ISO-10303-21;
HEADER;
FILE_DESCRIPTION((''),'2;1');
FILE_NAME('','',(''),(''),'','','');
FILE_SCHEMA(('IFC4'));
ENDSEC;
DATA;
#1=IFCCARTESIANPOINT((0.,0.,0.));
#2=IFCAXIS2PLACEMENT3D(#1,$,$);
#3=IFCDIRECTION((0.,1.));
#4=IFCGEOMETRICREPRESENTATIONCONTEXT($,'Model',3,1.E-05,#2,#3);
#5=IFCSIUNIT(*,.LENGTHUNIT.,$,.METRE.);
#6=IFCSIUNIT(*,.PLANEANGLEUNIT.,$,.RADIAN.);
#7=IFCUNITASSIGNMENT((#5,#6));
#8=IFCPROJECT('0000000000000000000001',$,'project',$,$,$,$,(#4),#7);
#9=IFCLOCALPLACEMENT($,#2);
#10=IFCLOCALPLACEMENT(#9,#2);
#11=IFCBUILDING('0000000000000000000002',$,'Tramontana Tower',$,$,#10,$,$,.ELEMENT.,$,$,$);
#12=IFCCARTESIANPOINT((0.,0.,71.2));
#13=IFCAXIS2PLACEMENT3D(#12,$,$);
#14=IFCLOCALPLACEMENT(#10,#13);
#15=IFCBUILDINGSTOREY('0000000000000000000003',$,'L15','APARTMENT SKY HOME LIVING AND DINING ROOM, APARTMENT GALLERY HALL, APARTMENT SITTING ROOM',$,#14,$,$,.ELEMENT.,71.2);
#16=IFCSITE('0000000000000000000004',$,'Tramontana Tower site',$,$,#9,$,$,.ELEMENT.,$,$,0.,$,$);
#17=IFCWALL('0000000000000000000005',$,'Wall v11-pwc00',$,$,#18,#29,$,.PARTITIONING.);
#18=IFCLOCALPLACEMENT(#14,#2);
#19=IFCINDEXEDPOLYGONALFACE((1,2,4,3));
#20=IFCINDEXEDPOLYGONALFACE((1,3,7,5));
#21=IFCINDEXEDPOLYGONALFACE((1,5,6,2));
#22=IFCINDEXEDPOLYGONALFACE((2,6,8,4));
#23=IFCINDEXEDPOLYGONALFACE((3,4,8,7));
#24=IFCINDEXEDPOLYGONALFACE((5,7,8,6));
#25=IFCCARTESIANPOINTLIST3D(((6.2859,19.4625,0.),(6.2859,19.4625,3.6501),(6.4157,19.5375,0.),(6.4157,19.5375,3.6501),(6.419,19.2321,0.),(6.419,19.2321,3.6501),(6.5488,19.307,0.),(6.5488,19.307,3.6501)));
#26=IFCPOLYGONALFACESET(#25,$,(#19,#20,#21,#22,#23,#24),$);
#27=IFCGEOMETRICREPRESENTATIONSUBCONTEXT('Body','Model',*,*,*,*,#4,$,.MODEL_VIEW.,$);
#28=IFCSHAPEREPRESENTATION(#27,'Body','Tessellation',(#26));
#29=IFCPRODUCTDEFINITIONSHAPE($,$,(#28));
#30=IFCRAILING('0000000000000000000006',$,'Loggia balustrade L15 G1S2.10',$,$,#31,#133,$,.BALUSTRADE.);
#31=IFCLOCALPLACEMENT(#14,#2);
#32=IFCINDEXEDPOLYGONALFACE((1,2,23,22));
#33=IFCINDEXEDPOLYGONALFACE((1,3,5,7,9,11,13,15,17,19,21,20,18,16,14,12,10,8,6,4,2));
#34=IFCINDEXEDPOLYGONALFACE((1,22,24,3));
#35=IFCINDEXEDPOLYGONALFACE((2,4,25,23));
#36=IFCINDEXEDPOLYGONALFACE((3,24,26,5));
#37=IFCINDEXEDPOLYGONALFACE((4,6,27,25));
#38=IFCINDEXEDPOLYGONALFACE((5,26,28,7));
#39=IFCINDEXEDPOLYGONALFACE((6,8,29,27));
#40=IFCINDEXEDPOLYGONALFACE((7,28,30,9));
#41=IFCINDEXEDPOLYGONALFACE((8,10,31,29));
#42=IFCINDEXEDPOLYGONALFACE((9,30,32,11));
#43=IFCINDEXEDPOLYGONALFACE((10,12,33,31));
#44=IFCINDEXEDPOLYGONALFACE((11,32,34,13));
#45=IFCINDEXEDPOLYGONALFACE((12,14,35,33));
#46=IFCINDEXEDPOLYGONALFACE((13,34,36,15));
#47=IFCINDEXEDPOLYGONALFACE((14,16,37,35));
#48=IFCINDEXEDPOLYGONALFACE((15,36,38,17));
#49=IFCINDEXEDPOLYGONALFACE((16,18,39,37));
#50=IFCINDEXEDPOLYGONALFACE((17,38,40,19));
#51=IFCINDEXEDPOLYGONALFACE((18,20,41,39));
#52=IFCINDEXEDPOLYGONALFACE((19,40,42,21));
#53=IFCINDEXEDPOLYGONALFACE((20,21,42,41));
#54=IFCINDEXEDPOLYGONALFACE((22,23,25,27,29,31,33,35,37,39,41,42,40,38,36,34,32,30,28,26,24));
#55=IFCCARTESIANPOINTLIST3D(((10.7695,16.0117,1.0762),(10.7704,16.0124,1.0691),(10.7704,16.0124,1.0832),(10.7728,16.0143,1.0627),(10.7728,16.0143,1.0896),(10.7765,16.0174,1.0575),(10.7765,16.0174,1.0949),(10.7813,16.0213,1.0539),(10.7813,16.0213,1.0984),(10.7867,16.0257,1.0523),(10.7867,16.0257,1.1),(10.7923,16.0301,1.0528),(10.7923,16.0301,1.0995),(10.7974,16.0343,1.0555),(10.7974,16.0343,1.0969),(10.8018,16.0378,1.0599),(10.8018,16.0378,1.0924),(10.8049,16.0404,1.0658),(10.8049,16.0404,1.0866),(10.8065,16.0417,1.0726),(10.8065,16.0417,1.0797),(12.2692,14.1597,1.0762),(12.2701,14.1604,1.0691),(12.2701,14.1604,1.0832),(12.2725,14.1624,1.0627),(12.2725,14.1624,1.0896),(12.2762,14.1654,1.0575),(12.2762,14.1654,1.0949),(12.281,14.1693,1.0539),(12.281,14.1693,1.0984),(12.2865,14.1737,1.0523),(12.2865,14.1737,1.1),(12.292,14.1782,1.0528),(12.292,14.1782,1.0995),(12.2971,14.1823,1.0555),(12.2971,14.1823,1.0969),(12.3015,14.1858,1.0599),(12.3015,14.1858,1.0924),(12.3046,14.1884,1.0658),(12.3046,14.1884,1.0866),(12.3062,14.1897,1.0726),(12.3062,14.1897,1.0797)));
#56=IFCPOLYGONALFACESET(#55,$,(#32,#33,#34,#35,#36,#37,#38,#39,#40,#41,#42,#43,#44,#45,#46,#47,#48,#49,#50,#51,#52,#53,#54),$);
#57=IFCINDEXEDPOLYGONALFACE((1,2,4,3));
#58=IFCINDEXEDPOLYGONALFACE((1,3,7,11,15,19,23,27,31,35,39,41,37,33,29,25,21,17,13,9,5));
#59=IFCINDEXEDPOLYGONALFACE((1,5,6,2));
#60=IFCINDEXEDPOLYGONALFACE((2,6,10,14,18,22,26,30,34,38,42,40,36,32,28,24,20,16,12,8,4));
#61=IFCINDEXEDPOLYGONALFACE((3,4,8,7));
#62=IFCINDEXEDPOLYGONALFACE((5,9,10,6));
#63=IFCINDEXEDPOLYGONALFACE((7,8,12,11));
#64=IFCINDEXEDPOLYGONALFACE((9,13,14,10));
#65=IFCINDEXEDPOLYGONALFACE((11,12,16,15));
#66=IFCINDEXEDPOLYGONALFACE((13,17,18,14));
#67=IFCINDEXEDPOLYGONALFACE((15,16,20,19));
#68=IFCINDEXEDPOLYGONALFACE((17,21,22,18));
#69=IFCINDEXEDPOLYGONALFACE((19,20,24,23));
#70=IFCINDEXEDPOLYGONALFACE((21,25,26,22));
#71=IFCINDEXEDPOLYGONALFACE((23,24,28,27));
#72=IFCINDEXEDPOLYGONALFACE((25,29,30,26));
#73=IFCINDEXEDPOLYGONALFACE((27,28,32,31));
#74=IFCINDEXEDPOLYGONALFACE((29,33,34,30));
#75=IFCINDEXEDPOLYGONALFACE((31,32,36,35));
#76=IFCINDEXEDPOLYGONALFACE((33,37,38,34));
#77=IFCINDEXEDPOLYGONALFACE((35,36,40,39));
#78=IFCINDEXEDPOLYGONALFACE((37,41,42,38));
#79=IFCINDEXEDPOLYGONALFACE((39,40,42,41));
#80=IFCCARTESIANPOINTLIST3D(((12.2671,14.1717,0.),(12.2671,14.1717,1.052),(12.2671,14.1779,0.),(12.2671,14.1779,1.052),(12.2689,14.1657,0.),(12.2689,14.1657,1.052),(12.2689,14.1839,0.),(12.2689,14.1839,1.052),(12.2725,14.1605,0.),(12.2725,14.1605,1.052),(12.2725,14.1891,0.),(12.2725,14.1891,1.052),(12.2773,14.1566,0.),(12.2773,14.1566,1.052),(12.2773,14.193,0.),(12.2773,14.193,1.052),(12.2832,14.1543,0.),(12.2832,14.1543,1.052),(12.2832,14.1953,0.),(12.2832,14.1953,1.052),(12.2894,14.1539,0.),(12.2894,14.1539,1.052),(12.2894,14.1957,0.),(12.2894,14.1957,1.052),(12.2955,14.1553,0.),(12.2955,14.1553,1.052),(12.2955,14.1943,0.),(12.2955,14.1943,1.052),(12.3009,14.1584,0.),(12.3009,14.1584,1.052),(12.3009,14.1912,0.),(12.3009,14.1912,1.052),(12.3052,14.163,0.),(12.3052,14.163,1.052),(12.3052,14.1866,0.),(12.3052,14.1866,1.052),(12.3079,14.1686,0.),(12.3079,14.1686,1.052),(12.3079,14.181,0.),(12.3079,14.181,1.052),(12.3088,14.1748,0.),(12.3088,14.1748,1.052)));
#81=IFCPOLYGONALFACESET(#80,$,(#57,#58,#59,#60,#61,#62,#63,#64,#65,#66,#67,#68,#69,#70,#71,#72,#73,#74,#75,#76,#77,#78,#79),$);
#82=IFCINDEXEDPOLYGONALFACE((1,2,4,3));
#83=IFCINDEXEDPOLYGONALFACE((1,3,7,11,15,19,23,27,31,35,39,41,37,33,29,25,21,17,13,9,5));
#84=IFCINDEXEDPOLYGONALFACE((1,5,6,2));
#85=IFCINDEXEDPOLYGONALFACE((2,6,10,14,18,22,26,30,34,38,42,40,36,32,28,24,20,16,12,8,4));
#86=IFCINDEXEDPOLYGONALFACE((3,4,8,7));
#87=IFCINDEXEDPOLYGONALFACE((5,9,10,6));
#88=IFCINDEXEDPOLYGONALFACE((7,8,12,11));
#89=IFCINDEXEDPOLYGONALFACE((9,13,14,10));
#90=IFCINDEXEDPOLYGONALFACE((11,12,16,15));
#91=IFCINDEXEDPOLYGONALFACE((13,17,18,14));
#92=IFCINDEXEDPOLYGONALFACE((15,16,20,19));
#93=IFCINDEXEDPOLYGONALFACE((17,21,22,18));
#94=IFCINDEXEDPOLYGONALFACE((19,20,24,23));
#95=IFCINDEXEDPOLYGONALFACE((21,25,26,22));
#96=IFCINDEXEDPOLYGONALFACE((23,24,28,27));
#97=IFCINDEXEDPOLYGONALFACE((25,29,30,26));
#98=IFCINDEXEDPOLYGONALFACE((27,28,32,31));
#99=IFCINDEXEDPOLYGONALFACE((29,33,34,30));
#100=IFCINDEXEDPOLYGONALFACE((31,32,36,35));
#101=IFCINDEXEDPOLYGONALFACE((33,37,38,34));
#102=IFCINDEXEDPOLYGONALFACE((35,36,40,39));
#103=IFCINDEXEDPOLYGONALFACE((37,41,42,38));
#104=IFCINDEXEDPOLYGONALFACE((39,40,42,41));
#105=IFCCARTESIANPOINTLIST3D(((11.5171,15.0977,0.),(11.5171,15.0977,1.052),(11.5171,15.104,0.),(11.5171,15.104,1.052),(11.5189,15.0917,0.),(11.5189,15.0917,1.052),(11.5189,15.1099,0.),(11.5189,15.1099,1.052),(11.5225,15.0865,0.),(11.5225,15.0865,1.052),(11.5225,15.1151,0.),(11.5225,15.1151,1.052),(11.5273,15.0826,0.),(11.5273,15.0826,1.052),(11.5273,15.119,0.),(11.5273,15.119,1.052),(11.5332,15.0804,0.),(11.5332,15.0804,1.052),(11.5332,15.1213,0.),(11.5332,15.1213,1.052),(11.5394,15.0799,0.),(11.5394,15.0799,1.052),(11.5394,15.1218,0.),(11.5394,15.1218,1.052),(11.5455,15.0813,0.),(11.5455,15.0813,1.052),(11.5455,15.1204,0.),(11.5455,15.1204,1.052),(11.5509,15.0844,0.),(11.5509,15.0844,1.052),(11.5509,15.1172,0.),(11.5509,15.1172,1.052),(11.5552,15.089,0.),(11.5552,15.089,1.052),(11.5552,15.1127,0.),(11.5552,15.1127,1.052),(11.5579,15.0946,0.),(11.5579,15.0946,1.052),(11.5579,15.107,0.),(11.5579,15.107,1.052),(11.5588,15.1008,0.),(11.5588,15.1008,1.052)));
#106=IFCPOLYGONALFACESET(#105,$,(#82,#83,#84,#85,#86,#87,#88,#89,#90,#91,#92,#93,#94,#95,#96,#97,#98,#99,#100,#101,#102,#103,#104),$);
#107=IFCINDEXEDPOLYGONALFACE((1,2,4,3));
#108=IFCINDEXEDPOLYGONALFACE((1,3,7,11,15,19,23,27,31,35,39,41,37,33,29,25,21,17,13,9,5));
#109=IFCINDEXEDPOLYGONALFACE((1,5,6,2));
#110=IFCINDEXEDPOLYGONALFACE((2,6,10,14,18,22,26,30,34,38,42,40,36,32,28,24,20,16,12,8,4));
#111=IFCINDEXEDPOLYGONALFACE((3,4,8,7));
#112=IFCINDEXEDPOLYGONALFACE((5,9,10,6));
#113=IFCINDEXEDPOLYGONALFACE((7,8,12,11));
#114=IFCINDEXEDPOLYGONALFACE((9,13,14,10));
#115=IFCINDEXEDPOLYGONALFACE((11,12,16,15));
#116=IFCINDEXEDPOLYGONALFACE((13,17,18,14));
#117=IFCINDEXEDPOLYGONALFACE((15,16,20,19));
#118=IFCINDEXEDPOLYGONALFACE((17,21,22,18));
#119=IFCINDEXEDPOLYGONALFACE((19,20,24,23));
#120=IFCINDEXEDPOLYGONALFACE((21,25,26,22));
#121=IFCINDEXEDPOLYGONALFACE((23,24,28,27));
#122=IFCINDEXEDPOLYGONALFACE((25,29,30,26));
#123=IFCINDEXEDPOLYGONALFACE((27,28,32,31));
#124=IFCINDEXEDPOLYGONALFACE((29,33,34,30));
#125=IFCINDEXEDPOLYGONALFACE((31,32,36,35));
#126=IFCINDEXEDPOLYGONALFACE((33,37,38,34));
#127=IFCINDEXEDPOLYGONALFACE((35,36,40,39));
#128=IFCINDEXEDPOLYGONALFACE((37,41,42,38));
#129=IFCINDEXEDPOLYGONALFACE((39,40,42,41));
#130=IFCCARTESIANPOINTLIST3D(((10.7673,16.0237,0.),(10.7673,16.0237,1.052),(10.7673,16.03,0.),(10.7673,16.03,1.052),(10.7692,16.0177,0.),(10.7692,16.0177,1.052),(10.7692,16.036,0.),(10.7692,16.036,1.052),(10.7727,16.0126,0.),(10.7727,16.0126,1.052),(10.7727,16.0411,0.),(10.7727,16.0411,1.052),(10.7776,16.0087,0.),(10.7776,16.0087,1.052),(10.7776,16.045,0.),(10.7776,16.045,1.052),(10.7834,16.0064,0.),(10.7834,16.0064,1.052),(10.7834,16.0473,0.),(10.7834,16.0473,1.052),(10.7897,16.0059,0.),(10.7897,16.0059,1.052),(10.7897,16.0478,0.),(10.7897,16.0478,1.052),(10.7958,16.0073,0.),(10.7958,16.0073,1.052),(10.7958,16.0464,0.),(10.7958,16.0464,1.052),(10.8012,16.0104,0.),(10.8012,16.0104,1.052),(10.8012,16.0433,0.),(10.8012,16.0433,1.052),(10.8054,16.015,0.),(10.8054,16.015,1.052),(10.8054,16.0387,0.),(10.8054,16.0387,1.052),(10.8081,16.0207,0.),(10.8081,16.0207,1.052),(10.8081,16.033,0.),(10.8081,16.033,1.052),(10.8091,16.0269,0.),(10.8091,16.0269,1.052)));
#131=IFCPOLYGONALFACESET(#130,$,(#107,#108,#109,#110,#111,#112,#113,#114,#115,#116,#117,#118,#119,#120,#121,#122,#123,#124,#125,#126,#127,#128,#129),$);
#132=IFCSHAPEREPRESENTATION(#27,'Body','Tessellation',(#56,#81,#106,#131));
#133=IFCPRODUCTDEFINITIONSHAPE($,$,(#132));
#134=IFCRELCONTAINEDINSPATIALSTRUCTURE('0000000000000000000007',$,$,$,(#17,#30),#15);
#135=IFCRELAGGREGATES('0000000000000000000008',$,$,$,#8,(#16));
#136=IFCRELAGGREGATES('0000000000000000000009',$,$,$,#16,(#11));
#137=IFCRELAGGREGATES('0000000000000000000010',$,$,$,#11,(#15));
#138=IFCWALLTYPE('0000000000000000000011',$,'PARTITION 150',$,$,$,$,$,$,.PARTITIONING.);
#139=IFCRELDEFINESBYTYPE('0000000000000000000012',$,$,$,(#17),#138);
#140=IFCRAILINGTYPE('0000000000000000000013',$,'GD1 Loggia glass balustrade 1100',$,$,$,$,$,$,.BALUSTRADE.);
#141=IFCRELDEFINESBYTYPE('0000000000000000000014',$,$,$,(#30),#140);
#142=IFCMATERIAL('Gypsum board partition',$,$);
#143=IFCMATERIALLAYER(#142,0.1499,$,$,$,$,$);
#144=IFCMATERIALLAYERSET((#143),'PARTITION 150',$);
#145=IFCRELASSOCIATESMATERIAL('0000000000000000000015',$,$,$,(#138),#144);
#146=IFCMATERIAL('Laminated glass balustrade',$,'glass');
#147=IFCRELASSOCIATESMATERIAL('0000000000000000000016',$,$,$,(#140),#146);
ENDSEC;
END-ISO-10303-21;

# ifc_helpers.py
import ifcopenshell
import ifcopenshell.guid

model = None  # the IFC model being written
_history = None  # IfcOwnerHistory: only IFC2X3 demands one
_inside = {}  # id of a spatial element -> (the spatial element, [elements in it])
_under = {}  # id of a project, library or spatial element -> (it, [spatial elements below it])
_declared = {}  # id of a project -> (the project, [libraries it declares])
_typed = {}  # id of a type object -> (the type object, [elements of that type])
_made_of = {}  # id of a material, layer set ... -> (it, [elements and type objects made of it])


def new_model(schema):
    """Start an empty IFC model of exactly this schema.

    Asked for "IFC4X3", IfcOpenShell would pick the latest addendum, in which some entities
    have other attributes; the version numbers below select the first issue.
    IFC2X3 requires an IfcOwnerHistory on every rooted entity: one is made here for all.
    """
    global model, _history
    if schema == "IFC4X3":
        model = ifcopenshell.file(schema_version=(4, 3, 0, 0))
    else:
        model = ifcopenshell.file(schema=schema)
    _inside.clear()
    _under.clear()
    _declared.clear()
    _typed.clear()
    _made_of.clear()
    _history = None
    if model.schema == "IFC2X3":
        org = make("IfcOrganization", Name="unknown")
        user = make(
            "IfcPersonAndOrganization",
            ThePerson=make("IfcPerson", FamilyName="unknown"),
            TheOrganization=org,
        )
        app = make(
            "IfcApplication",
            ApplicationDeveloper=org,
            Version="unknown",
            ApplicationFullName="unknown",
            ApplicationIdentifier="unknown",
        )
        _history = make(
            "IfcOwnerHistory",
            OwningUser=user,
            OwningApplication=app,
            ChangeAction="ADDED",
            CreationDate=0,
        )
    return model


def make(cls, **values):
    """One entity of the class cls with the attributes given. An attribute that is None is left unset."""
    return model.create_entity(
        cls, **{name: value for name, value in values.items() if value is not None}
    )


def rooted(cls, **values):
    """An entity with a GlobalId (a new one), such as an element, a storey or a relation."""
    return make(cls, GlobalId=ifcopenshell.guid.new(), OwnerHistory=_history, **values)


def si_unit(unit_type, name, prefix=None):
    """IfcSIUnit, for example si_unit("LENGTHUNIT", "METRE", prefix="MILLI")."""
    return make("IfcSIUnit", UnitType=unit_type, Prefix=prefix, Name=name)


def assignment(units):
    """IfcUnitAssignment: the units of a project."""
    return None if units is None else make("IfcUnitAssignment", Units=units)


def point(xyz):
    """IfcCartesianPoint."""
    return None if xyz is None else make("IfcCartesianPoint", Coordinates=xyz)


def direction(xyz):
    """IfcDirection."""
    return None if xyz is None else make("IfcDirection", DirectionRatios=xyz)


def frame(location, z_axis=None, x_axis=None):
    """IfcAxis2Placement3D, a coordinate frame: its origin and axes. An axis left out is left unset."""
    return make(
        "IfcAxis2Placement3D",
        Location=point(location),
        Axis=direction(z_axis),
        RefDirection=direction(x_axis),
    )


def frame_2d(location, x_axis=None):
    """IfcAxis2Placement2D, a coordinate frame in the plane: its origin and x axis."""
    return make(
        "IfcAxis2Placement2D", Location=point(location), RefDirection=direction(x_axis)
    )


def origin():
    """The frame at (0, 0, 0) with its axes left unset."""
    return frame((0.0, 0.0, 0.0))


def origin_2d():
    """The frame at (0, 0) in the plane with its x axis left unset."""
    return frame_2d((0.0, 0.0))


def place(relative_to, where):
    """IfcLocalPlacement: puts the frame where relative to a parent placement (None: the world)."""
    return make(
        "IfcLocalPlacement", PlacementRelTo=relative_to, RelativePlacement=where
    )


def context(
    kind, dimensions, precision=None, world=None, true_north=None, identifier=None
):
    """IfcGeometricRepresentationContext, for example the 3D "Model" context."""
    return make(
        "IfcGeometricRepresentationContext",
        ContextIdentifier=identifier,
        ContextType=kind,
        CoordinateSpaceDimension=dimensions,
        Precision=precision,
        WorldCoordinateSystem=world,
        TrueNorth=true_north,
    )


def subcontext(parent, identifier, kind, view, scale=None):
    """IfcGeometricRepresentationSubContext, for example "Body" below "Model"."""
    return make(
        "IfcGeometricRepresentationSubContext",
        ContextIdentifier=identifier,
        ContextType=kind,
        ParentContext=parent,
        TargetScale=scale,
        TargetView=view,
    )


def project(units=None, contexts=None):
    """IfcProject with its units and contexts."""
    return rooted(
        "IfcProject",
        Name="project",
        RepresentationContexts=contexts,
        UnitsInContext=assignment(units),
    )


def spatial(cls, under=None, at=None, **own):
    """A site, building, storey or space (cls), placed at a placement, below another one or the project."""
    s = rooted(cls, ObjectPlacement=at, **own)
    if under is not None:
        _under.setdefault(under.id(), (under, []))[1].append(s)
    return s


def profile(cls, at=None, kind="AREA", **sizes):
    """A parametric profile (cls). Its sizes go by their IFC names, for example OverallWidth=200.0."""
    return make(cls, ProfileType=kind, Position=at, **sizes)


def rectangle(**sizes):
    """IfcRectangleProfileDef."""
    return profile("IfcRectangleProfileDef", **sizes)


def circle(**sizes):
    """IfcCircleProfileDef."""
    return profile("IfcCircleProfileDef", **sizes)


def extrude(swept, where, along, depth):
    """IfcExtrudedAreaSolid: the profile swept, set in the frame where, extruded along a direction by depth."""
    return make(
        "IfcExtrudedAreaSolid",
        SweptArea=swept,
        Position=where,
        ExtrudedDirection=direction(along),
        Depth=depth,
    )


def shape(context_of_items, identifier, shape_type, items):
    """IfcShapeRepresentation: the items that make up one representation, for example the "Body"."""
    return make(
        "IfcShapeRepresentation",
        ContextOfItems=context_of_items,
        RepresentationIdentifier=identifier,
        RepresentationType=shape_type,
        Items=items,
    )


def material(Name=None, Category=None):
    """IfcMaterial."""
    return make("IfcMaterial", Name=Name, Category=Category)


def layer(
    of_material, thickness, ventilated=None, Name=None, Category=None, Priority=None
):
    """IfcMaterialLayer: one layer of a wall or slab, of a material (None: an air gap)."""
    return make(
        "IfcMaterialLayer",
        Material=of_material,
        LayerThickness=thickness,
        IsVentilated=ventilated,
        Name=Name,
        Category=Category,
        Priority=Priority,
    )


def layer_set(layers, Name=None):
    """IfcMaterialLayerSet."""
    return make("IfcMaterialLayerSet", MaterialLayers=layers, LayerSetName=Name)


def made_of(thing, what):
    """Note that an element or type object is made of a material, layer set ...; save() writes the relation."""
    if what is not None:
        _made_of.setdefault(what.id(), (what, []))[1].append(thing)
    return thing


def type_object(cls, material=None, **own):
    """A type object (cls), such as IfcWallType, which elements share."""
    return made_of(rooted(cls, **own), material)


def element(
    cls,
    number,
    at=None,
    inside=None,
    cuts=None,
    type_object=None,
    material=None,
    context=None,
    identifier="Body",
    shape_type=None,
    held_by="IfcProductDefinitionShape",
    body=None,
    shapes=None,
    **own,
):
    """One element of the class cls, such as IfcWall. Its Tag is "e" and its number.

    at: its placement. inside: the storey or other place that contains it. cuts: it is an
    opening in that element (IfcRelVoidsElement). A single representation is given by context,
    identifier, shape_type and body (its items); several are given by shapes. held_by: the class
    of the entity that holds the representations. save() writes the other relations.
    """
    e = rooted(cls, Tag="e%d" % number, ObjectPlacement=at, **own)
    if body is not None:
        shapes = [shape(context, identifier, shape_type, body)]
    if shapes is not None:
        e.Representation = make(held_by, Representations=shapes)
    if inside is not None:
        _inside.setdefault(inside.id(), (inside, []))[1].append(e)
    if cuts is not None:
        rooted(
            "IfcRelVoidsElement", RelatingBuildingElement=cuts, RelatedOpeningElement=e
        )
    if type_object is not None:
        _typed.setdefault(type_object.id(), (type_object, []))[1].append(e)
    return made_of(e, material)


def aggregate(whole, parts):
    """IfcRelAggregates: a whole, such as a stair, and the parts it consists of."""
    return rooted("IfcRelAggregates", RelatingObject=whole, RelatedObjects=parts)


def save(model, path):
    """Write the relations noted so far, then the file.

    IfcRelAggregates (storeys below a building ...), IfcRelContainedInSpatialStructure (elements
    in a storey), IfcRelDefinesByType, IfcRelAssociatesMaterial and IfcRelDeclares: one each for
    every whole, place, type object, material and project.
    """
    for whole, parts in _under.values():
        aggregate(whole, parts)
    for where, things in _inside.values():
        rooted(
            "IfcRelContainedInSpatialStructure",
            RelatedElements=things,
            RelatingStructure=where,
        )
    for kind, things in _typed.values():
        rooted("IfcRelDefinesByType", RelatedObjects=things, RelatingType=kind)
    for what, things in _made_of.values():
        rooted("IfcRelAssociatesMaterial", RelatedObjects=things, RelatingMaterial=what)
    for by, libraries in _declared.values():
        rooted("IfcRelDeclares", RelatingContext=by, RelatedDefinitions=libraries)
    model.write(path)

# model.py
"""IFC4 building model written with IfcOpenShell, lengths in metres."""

from ifc_helpers import new_model, si_unit, direction, frame, frame_2d, origin, origin_2d, place, context, subcontext, project, spatial, rectangle, circle, extrude, material, layer, layer_set, type_object, element, save


model = new_model("IFC4")

# Units and contexts
model_context = context("Model", 3, precision=1e-05, world=origin(), true_north=direction((0.0, 1.0)))
body_context = subcontext(model_context, "Body", "Model", "MODEL_VIEW")
ifc_project = project(units=[si_unit("LENGTHUNIT", "METRE"), si_unit("PLANEANGLEUNIT", "RADIAN")], contexts=[model_context])

# Site, building, storey
site_placement = place(None, origin())
site = spatial("IfcSite", under=ifc_project, at=site_placement, Name="Tramontana Tower site", CompositionType="ELEMENT", RefElevation=0.0)
building_placement = place(site_placement, origin())
building = spatial("IfcBuilding", under=site, at=building_placement, Name="Tramontana Tower", CompositionType="ELEMENT")
storey_placement = place(building_placement, frame((0.0, 0.0, 71.2)))
storey = spatial("IfcBuildingStorey", under=building, at=storey_placement, Name="L15", Description="APARTMENT SKY HOME LIVING AND DINING ROOM, APARTMENT GALLERY HALL, APARTMENT SITTING ROOM", CompositionType="ELEMENT", Elevation=71.2)

# Wall
ifc_material_1 = material(Name="Gypsum board partition")
ifc_layer_1 = layer(ifc_material_1, 0.1499)
ifc_layer_set_1 = layer_set([ifc_layer_1], Name="PARTITION 150")
wall_type_1 = type_object("IfcWallType", Name="PARTITION 150", PredefinedType="PARTITIONING", material=ifc_layer_set_1)
wall_1_placement = place(storey_placement, frame((6.3508, 19.5, 0.0), z_axis=(0.0, 0.0, 1.0), x_axis=(0.499987, -0.866033, 0.0)))
element("IfcWall", 1, at=wall_1_placement, inside=storey, type_object=wall_type_1, Name="Wall v11-pwc00", PredefinedType="PARTITIONING", context=body_context, shape_type="SweptSolid", body=[
    extrude(rectangle(XDim=0.2661, YDim=0.1499, at=frame_2d((0.1331, 0.0))), origin(), (0.0, 0.0, 1.0), 3.6501),
])

# Railing
ifc_material_2 = material(Name="Laminated glass balustrade", Category="glass")
railing_type = type_object("IfcRailingType", Name="GD1 Loggia glass balustrade 1100", PredefinedType="BALUSTRADE", material=ifc_material_2)
railing_1_placement = place(storey_placement, frame((12.2878, 14.1748, 0.0)))
element("IfcRailing", 2, at=railing_1_placement, inside=storey, type_object=railing_type, Name="Loggia balustrade L15 G1S2.10", PredefinedType="BALUSTRADE", context=body_context, shape_type="SweptSolid", body=[
    extrude(circle(Radius=0.0239, at=origin_2d()), frame((0.0, 0.0, 1.0762), z_axis=(-0.629319, 0.777147, 0.0), x_axis=(-0.777147, -0.629319, 0.0)), (0.0, 0.0, 1.0), 2.3831),
    extrude(circle(Radius=0.021, at=origin_2d()), origin(), (0.0, 0.0, 1.0), 1.052),
    extrude(circle(Radius=0.021, at=origin_2d()), frame((-0.75, 0.926, 0.0)), (0.0, 0.0, 1.0), 1.052),
    extrude(circle(Radius=0.021, at=origin_2d()), frame((-1.4998, 1.8521, 0.0)), (0.0, 0.0, 1.0), 1.052),
])

save(model, "model.ifc")
